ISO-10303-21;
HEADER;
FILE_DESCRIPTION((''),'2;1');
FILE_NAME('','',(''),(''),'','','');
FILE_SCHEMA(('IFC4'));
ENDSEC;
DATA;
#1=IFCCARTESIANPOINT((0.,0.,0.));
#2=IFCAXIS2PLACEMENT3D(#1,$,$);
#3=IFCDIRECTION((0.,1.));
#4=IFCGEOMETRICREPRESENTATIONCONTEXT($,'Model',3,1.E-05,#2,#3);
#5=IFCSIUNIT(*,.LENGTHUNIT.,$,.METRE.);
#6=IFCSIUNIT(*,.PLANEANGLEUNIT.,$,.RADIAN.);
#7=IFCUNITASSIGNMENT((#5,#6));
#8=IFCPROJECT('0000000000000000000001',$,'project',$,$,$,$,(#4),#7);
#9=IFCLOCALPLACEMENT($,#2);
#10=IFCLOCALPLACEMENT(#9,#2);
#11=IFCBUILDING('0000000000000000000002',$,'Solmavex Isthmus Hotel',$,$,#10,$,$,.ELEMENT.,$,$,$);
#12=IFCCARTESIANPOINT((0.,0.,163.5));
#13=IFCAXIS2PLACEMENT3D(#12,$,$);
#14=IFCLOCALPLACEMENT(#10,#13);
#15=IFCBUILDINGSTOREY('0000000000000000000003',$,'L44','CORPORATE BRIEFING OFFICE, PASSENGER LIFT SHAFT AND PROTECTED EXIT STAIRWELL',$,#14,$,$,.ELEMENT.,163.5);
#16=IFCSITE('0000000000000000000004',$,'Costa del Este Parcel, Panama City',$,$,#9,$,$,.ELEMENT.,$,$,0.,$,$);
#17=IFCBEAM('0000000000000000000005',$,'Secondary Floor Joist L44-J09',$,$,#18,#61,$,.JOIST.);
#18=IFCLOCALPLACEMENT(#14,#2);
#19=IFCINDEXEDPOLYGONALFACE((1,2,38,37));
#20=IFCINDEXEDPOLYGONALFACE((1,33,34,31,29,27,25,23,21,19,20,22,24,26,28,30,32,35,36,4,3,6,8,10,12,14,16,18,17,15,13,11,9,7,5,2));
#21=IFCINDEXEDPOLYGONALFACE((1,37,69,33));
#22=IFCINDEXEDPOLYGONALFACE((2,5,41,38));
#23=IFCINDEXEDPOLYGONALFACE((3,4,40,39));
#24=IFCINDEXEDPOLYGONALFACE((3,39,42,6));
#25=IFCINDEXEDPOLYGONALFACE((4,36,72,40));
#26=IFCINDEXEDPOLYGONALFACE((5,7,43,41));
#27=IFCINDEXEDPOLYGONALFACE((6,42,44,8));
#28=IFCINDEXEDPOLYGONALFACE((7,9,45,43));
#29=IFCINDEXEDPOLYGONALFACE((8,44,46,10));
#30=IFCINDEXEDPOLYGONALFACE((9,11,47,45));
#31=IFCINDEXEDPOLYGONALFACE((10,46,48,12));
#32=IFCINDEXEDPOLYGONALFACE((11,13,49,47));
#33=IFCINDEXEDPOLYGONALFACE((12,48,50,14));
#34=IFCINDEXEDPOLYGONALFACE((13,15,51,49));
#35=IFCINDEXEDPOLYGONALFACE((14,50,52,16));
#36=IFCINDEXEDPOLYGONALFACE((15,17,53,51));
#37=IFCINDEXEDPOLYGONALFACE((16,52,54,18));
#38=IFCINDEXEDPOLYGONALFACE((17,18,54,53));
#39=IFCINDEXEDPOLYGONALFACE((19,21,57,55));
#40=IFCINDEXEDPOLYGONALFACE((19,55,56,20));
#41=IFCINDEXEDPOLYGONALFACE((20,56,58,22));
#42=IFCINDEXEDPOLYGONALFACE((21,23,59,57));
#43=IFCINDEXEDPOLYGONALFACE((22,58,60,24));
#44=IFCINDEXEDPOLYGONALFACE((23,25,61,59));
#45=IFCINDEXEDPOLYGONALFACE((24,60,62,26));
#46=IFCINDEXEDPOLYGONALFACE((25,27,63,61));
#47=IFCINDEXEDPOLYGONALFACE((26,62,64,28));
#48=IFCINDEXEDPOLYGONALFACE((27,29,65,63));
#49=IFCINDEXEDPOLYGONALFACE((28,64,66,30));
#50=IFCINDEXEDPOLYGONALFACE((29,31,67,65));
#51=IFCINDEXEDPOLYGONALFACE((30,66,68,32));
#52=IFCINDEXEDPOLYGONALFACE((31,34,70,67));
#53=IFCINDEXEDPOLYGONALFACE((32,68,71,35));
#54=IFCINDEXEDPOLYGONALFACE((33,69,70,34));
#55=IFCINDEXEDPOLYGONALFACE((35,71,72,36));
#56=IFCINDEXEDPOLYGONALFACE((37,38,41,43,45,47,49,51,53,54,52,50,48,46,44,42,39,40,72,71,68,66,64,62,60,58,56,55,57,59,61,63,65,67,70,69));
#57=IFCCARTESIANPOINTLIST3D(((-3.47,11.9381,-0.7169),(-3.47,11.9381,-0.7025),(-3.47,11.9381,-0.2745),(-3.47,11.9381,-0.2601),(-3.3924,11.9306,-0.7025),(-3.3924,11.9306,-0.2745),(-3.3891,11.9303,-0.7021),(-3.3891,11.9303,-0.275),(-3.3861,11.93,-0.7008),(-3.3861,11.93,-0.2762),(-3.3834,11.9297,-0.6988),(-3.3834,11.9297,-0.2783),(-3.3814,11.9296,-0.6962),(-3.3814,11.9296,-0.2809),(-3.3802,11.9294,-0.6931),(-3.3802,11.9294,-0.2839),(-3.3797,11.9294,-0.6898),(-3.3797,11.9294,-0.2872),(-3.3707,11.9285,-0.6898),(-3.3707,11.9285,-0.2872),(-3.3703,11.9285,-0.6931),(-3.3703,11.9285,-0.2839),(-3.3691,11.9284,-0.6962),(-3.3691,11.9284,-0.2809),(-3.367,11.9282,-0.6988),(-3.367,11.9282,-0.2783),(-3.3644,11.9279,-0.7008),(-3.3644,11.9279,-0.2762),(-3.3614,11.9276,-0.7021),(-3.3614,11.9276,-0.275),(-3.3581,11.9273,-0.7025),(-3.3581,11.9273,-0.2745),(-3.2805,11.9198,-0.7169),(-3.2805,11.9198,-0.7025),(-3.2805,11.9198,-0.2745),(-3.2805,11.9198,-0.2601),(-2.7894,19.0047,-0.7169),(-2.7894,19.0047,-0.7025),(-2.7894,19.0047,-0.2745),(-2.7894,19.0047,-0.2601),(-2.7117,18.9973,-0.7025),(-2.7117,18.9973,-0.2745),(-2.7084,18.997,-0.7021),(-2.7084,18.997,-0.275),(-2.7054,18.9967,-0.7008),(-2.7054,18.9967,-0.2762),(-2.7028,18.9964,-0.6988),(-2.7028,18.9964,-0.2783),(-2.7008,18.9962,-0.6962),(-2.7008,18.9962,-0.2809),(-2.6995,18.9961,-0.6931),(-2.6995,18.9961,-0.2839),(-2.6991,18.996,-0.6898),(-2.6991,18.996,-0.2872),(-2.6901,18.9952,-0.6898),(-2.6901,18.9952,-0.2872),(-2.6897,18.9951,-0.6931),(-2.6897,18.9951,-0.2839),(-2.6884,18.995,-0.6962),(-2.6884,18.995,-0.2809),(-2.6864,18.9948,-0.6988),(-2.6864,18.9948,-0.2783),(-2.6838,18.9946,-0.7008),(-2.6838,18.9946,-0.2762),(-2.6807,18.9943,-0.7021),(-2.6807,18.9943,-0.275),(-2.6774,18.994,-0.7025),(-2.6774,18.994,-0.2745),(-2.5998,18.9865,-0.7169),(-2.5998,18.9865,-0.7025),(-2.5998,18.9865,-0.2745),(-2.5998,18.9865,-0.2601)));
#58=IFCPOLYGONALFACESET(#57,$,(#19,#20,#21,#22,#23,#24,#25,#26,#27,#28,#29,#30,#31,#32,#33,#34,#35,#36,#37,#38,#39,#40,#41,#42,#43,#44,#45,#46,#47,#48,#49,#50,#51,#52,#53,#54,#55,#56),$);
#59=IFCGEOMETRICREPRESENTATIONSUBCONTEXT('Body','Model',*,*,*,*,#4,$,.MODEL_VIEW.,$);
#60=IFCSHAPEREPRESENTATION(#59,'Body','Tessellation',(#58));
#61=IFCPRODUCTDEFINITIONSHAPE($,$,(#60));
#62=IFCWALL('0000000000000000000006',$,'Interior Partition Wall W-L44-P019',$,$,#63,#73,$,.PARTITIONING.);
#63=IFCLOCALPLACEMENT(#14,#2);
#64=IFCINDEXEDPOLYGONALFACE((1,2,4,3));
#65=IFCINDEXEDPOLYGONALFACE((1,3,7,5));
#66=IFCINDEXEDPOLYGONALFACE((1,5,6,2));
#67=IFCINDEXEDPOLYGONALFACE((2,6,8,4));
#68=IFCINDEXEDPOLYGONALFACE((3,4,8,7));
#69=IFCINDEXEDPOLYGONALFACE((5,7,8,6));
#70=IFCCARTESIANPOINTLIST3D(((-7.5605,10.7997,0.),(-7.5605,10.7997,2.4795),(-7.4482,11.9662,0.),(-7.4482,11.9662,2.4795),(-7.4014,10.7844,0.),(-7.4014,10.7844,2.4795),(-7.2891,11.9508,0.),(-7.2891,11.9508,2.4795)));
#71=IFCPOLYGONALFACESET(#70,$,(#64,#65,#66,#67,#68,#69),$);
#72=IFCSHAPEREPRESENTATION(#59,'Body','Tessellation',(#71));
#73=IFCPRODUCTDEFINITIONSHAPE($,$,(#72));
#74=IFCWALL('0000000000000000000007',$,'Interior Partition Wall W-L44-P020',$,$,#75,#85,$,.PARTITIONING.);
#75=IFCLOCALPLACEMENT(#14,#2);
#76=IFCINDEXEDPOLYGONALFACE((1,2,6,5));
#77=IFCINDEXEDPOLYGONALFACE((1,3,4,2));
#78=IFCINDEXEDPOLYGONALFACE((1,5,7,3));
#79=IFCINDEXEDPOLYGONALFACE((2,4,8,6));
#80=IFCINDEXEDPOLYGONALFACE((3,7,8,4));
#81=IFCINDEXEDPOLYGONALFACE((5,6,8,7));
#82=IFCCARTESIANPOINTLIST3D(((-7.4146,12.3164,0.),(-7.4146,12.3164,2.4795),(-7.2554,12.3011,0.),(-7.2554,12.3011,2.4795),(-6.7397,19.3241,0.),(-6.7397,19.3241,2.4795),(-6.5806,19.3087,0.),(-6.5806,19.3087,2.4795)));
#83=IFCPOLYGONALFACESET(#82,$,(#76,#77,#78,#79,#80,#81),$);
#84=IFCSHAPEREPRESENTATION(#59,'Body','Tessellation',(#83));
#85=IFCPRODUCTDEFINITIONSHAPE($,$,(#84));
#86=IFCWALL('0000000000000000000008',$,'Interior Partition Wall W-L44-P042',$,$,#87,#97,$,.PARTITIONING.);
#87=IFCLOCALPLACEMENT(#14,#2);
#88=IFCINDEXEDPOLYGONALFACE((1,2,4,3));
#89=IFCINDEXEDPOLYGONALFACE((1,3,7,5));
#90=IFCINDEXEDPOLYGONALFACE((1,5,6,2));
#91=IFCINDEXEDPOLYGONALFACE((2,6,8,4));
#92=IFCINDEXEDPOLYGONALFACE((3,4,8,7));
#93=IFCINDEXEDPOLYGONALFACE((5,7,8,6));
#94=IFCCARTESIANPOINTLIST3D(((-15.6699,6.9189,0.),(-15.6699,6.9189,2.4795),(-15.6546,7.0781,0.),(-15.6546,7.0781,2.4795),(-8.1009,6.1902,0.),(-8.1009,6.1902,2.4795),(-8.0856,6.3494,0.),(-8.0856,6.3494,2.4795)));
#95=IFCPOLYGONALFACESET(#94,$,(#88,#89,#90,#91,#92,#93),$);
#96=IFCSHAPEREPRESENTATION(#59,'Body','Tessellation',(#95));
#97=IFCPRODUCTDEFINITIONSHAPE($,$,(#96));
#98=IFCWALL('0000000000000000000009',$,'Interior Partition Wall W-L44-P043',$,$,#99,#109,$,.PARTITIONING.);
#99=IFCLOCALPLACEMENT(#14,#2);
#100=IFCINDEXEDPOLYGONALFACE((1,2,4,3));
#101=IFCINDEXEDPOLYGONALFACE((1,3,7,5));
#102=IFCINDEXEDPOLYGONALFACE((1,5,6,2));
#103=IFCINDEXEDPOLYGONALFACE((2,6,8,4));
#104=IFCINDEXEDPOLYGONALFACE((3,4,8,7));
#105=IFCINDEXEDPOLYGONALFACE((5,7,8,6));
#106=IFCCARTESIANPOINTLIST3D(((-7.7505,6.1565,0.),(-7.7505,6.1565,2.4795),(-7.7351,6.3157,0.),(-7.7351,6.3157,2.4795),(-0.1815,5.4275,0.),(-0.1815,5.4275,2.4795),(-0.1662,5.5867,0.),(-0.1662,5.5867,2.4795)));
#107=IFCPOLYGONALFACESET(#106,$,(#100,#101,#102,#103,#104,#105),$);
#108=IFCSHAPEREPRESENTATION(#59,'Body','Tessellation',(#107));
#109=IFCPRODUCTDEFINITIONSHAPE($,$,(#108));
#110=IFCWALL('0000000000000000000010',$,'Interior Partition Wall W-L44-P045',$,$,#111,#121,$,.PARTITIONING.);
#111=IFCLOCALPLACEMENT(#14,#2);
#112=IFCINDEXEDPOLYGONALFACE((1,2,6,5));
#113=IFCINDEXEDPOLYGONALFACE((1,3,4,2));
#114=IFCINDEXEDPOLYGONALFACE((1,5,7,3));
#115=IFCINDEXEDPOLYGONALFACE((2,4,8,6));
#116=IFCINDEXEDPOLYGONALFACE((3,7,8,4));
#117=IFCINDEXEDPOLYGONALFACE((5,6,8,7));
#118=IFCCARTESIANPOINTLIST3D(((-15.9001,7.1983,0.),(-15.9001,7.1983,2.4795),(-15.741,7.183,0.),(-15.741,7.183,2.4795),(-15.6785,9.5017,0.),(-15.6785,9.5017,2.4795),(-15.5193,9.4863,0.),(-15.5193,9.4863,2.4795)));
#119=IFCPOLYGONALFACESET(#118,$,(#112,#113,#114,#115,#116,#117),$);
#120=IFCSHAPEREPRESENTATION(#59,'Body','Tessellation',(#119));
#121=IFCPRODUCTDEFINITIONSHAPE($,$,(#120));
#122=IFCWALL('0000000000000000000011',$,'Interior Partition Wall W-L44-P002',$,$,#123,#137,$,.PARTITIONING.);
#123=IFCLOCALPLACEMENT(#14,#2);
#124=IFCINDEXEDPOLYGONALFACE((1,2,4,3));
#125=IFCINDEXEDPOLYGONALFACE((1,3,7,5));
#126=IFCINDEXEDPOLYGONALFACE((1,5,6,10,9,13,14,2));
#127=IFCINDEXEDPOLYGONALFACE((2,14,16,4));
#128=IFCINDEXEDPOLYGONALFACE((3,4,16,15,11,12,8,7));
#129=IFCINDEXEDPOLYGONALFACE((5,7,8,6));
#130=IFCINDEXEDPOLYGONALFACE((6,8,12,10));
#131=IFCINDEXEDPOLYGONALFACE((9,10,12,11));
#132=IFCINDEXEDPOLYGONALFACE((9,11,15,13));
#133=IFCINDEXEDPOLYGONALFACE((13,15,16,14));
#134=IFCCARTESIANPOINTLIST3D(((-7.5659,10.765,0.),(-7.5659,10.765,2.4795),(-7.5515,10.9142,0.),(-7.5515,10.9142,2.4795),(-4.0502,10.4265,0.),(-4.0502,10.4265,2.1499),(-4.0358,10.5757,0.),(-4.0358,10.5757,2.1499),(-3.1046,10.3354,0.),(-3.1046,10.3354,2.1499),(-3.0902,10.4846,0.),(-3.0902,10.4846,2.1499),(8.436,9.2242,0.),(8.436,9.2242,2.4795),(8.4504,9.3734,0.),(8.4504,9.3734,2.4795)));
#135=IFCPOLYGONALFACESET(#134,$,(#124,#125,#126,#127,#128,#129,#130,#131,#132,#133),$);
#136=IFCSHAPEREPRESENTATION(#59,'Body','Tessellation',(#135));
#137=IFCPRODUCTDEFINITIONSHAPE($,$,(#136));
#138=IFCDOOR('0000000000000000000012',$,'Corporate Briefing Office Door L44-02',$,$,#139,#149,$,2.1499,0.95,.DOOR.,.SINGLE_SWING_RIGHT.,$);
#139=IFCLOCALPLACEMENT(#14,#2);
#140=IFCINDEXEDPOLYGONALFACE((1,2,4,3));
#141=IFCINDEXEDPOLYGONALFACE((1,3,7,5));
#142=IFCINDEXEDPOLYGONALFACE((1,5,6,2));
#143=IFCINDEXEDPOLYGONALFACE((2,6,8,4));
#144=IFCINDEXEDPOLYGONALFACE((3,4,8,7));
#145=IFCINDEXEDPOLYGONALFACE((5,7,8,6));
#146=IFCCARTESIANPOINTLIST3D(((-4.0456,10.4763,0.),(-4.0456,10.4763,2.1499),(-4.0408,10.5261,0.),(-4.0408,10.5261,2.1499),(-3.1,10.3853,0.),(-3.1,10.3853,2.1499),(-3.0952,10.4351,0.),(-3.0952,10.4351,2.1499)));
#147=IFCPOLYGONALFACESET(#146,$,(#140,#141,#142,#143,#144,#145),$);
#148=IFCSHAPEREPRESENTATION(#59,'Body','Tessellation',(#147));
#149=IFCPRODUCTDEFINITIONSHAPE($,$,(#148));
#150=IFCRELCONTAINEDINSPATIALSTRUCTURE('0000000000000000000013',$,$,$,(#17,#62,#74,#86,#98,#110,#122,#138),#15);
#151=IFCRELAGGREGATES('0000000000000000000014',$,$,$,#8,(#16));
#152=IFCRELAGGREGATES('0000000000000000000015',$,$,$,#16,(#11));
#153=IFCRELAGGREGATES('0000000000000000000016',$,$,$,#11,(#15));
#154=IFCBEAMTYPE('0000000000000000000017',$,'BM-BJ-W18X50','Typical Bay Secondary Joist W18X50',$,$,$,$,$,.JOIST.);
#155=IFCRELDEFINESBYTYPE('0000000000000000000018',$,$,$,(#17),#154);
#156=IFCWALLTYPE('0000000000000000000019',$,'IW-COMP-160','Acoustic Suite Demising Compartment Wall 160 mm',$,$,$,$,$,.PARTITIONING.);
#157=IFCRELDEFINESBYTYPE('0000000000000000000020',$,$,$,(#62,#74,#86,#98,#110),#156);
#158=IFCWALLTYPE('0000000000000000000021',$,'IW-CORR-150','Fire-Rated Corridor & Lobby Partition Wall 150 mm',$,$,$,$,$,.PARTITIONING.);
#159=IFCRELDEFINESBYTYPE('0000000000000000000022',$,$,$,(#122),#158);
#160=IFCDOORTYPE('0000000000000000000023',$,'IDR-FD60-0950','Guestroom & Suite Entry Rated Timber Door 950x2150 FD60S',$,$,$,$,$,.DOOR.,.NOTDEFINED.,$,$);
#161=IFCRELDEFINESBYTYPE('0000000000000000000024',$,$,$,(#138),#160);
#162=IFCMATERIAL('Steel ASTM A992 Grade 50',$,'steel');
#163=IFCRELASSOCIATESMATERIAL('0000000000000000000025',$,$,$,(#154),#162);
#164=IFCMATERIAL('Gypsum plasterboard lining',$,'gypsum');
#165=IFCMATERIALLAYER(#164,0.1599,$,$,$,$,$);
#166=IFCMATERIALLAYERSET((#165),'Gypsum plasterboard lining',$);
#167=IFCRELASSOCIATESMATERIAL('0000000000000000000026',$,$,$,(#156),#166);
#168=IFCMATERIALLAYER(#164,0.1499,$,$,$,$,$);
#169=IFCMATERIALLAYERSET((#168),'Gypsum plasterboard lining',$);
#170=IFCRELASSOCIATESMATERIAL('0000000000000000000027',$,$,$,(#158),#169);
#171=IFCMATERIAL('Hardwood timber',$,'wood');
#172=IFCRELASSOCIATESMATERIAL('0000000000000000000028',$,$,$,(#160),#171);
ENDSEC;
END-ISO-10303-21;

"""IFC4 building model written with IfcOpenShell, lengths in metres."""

from ifc_helpers import new_model, si_unit, direction, frame, frame_2d, origin, origin_2d, place, context, subcontext, project, spatial, rectangle, i_section, extrude, material, layer, layer_set, material_profile, profile_set, type_object, element, fill, save


model = new_model("IFC4")

# Units and contexts
model_context = context("Model", 3, precision=1e-05, world=origin(), true_north=direction((0.0, 1.0)))
body_context = subcontext(model_context, "Body", "Model", "MODEL_VIEW")
ifc_project = project(units=[si_unit("LENGTHUNIT", "METRE"), si_unit("PLANEANGLEUNIT", "RADIAN")], contexts=[model_context])

# Site, building, storey
site_placement = place(None, origin())
site = spatial("IfcSite", under=ifc_project, at=site_placement, Name="Costa del Este Parcel, Panama City", CompositionType="ELEMENT", RefElevation=0.0)
building_placement = place(site_placement, origin())
building = spatial("IfcBuilding", under=site, at=building_placement, Name="Solmavex Isthmus Hotel", CompositionType="ELEMENT")
storey_placement = place(building_placement, frame((0.0, 0.0, 163.5)))
storey = spatial("IfcBuildingStorey", under=building, at=storey_placement, Name="L44", Description="CORPORATE BRIEFING OFFICE, PASSENGER LIFT SHAFT AND PROTECTED EXIT STAIRWELL", CompositionType="ELEMENT", Elevation=163.5)

# Beam
ifc_material_1 = material(Name="Steel ASTM A992 Grade 50", Category="steel")
ifc_material_profile_1 = material_profile(ifc_material_1, i_section(OverallWidth=0.1904, OverallDepth=0.4568, WebThickness=0.009, FlangeThickness=0.0144, FilletRadius=0.0127, at=origin_2d()), Name="W18X50")
ifc_profile_set_1 = profile_set([ifc_material_profile_1], Name="Steel ASTM A992 Grade 50")
beam_type_1 = type_object("IfcBeamType", Name="BM-BJ-W18X50", Description="Typical Bay Secondary Joist W18X50", PredefinedType="JOIST", material=ifc_profile_set_1)
beam_1_placement = place(storey_placement, frame((-3.3752, 11.929, -0.4885), z_axis=(0.095877, 0.995393, 0.0), x_axis=(-0.995393, 0.095877, 0.0)))
element("IfcBeam", 1, at=beam_1_placement, inside=storey, type_object=beam_type_1, Name="Secondary Floor Joist L44-J09", PredefinedType="JOIST", context=body_context, shape_type="SweptSolid", body=[
    extrude(i_section(OverallWidth=0.1904, OverallDepth=0.4568, WebThickness=0.009, FlangeThickness=0.0144, FilletRadius=0.0127, at=origin_2d()), origin(), (0.0, 0.0, 1.0), 7.0994),
])

# Walls
ifc_material_2 = material(Name="Gypsum plasterboard lining", Category="gypsum")
ifc_layer_1 = layer(ifc_material_2, 0.1599)
ifc_layer_set_1 = layer_set([ifc_layer_1], Name="Gypsum plasterboard lining")
wall_type_1 = type_object("IfcWallType", Name="IW-COMP-160", Description="Acoustic Suite Demising Compartment Wall 160 mm", PredefinedType="PARTITIONING", material=ifc_layer_set_1)
wall_1_placement = place(storey_placement, frame((-7.3687, 11.9585, 0.0), z_axis=(0.0, 0.0, 1.0), x_axis=(-0.095831, -0.995398, 0.0)))
element("IfcWall", 2, at=wall_1_placement, inside=storey, type_object=wall_type_1, Name="Interior Partition Wall W-L44-P019", PredefinedType="PARTITIONING", context=body_context, shape_type="SweptSolid", body=[
    extrude(rectangle(XDim=1.1719, YDim=0.1599, at=frame_2d((0.5859, 0.0))), origin(), (0.0, 0.0, 1.0), 2.4795),
])
wall_2_placement = place(storey_placement, frame((-6.6602, 19.3164, 0.0), z_axis=(0.0, 0.0, 1.0), x_axis=(-0.095853, -0.995395, 0.0)))
element("IfcWall", 3, at=wall_2_placement, inside=storey, type_object=wall_type_1, Name="Interior Partition Wall W-L44-P020", PredefinedType="PARTITIONING", context=body_context, shape_type="SweptSolid", body=[
    extrude(rectangle(XDim=7.04, YDim=0.1599, at=frame_2d((3.52, 0.0))), origin(), (0.0, 0.0, 1.0), 2.4795),
])
for number, where, z_axis, x_axis, name in (
    (4, (-8.0933, 6.2698, 0.0), (0.0, 0.0, 1.0), (-0.995397, 0.095838, 0.0), "Interior Partition Wall W-L44-P042"),
    (5, (-0.1738, 5.5071, 0.0), (0.0, 0.0, 1.0), (-0.995394, 0.09587, 0.0), "Interior Partition Wall W-L44-P043"),
):
    element("IfcWall", number, at=place(storey_placement, frame(where, z_axis=z_axis, x_axis=x_axis)), inside=storey, type_object=wall_type_1, Name=name, PredefinedType="PARTITIONING", context=body_context, shape_type="SweptSolid", body=[
        extrude(rectangle(XDim=7.604, YDim=0.1599, at=frame_2d((3.802, 0.0))), origin(), (0.0, 0.0, 1.0), 2.4795),
    ])
wall_3_placement = place(storey_placement, frame((-15.8206, 7.1907, 0.0), z_axis=(0.0, 0.0, 1.0), x_axis=(0.095805, 0.9954, 0.0)))
element("IfcWall", 6, at=wall_3_placement, inside=storey, type_object=wall_type_1, Name="Interior Partition Wall W-L44-P045", PredefinedType="PARTITIONING", context=body_context, shape_type="SweptSolid", body=[
    extrude(rectangle(XDim=2.314, YDim=0.1599, at=frame_2d((1.157, 0.0))), origin(), (0.0, 0.0, 1.0), 2.4795),
])

# Wall, opening, door
ifc_layer_2 = layer(ifc_material_2, 0.1499)
ifc_layer_set_2 = layer_set([ifc_layer_2], Name="Gypsum plasterboard lining")
wall_type_2 = type_object("IfcWallType", Name="IW-CORR-150", Description="Fire-Rated Corridor & Lobby Partition Wall 150 mm", PredefinedType="PARTITIONING", material=ifc_layer_set_2)
wall_4_placement = place(storey_placement, frame((-7.5588, 10.8396, 0.0), z_axis=(0.0, 0.0, 1.0), x_axis=(0.995396, -0.095843, 0.0)))
wall_4 = element("IfcWall", 7, at=wall_4_placement, inside=storey, type_object=wall_type_2, Name="Interior Partition Wall W-L44-P002", PredefinedType="PARTITIONING", context=body_context, shape_type="SweptSolid", body=[
    extrude(rectangle(XDim=16.0759, YDim=0.1499, at=frame_2d((8.0381, 0.0))), origin(), (0.0, 0.0, 1.0), 2.4795),
])
opening_1_placement = place(wall_4_placement, frame((3.532, 0.0, 0.0)))
opening_1 = element("IfcOpeningElement", 8, at=opening_1_placement, cuts=wall_4, PredefinedType="OPENING", context=body_context, shape_type="SweptSolid", body=[
    extrude(rectangle(XDim=0.95, YDim=2.1499, at=frame_2d((0.4751, 1.075))), frame((0.0, 0.085, 0.0), z_axis=(0.0, -1.0, 0.0), x_axis=(1.0, 0.0, 0.0)), (0.0, 0.0, 1.0), 0.1699),
])
ifc_material_3 = material(Name="Hardwood timber", Category="wood")
door_type = type_object("IfcDoorType", Name="IDR-FD60-0950", Description="Guestroom & Suite Entry Rated Timber Door 950x2150 FD60S", OperationType="NOTDEFINED", PredefinedType="DOOR", material=ifc_material_3)
door_1_placement = place(opening_1_placement, frame((0.95, 0.0, 0.0), z_axis=(0.0, 0.0, 1.0), x_axis=(-1.0, 0.0, 0.0)))
door_1 = element("IfcDoor", 9, at=door_1_placement, inside=storey, type_object=door_type, Name="Corporate Briefing Office Door L44-02", OperationType="SINGLE_SWING_RIGHT", OverallHeight=2.1499, OverallWidth=0.95, PredefinedType="DOOR", context=body_context, shape_type="SweptSolid", body=[
    extrude(rectangle(XDim=0.95, YDim=2.1499, at=frame_2d((0.4751, 1.075))), frame((0.0, 0.0249, 0.0), z_axis=(0.0, -1.0, 0.0), x_axis=(1.0, 0.0, 0.0)), (0.0, 0.0, 1.0), 0.05),
])
fill(opening_1, door_1)

save(model, "model.ifc")
